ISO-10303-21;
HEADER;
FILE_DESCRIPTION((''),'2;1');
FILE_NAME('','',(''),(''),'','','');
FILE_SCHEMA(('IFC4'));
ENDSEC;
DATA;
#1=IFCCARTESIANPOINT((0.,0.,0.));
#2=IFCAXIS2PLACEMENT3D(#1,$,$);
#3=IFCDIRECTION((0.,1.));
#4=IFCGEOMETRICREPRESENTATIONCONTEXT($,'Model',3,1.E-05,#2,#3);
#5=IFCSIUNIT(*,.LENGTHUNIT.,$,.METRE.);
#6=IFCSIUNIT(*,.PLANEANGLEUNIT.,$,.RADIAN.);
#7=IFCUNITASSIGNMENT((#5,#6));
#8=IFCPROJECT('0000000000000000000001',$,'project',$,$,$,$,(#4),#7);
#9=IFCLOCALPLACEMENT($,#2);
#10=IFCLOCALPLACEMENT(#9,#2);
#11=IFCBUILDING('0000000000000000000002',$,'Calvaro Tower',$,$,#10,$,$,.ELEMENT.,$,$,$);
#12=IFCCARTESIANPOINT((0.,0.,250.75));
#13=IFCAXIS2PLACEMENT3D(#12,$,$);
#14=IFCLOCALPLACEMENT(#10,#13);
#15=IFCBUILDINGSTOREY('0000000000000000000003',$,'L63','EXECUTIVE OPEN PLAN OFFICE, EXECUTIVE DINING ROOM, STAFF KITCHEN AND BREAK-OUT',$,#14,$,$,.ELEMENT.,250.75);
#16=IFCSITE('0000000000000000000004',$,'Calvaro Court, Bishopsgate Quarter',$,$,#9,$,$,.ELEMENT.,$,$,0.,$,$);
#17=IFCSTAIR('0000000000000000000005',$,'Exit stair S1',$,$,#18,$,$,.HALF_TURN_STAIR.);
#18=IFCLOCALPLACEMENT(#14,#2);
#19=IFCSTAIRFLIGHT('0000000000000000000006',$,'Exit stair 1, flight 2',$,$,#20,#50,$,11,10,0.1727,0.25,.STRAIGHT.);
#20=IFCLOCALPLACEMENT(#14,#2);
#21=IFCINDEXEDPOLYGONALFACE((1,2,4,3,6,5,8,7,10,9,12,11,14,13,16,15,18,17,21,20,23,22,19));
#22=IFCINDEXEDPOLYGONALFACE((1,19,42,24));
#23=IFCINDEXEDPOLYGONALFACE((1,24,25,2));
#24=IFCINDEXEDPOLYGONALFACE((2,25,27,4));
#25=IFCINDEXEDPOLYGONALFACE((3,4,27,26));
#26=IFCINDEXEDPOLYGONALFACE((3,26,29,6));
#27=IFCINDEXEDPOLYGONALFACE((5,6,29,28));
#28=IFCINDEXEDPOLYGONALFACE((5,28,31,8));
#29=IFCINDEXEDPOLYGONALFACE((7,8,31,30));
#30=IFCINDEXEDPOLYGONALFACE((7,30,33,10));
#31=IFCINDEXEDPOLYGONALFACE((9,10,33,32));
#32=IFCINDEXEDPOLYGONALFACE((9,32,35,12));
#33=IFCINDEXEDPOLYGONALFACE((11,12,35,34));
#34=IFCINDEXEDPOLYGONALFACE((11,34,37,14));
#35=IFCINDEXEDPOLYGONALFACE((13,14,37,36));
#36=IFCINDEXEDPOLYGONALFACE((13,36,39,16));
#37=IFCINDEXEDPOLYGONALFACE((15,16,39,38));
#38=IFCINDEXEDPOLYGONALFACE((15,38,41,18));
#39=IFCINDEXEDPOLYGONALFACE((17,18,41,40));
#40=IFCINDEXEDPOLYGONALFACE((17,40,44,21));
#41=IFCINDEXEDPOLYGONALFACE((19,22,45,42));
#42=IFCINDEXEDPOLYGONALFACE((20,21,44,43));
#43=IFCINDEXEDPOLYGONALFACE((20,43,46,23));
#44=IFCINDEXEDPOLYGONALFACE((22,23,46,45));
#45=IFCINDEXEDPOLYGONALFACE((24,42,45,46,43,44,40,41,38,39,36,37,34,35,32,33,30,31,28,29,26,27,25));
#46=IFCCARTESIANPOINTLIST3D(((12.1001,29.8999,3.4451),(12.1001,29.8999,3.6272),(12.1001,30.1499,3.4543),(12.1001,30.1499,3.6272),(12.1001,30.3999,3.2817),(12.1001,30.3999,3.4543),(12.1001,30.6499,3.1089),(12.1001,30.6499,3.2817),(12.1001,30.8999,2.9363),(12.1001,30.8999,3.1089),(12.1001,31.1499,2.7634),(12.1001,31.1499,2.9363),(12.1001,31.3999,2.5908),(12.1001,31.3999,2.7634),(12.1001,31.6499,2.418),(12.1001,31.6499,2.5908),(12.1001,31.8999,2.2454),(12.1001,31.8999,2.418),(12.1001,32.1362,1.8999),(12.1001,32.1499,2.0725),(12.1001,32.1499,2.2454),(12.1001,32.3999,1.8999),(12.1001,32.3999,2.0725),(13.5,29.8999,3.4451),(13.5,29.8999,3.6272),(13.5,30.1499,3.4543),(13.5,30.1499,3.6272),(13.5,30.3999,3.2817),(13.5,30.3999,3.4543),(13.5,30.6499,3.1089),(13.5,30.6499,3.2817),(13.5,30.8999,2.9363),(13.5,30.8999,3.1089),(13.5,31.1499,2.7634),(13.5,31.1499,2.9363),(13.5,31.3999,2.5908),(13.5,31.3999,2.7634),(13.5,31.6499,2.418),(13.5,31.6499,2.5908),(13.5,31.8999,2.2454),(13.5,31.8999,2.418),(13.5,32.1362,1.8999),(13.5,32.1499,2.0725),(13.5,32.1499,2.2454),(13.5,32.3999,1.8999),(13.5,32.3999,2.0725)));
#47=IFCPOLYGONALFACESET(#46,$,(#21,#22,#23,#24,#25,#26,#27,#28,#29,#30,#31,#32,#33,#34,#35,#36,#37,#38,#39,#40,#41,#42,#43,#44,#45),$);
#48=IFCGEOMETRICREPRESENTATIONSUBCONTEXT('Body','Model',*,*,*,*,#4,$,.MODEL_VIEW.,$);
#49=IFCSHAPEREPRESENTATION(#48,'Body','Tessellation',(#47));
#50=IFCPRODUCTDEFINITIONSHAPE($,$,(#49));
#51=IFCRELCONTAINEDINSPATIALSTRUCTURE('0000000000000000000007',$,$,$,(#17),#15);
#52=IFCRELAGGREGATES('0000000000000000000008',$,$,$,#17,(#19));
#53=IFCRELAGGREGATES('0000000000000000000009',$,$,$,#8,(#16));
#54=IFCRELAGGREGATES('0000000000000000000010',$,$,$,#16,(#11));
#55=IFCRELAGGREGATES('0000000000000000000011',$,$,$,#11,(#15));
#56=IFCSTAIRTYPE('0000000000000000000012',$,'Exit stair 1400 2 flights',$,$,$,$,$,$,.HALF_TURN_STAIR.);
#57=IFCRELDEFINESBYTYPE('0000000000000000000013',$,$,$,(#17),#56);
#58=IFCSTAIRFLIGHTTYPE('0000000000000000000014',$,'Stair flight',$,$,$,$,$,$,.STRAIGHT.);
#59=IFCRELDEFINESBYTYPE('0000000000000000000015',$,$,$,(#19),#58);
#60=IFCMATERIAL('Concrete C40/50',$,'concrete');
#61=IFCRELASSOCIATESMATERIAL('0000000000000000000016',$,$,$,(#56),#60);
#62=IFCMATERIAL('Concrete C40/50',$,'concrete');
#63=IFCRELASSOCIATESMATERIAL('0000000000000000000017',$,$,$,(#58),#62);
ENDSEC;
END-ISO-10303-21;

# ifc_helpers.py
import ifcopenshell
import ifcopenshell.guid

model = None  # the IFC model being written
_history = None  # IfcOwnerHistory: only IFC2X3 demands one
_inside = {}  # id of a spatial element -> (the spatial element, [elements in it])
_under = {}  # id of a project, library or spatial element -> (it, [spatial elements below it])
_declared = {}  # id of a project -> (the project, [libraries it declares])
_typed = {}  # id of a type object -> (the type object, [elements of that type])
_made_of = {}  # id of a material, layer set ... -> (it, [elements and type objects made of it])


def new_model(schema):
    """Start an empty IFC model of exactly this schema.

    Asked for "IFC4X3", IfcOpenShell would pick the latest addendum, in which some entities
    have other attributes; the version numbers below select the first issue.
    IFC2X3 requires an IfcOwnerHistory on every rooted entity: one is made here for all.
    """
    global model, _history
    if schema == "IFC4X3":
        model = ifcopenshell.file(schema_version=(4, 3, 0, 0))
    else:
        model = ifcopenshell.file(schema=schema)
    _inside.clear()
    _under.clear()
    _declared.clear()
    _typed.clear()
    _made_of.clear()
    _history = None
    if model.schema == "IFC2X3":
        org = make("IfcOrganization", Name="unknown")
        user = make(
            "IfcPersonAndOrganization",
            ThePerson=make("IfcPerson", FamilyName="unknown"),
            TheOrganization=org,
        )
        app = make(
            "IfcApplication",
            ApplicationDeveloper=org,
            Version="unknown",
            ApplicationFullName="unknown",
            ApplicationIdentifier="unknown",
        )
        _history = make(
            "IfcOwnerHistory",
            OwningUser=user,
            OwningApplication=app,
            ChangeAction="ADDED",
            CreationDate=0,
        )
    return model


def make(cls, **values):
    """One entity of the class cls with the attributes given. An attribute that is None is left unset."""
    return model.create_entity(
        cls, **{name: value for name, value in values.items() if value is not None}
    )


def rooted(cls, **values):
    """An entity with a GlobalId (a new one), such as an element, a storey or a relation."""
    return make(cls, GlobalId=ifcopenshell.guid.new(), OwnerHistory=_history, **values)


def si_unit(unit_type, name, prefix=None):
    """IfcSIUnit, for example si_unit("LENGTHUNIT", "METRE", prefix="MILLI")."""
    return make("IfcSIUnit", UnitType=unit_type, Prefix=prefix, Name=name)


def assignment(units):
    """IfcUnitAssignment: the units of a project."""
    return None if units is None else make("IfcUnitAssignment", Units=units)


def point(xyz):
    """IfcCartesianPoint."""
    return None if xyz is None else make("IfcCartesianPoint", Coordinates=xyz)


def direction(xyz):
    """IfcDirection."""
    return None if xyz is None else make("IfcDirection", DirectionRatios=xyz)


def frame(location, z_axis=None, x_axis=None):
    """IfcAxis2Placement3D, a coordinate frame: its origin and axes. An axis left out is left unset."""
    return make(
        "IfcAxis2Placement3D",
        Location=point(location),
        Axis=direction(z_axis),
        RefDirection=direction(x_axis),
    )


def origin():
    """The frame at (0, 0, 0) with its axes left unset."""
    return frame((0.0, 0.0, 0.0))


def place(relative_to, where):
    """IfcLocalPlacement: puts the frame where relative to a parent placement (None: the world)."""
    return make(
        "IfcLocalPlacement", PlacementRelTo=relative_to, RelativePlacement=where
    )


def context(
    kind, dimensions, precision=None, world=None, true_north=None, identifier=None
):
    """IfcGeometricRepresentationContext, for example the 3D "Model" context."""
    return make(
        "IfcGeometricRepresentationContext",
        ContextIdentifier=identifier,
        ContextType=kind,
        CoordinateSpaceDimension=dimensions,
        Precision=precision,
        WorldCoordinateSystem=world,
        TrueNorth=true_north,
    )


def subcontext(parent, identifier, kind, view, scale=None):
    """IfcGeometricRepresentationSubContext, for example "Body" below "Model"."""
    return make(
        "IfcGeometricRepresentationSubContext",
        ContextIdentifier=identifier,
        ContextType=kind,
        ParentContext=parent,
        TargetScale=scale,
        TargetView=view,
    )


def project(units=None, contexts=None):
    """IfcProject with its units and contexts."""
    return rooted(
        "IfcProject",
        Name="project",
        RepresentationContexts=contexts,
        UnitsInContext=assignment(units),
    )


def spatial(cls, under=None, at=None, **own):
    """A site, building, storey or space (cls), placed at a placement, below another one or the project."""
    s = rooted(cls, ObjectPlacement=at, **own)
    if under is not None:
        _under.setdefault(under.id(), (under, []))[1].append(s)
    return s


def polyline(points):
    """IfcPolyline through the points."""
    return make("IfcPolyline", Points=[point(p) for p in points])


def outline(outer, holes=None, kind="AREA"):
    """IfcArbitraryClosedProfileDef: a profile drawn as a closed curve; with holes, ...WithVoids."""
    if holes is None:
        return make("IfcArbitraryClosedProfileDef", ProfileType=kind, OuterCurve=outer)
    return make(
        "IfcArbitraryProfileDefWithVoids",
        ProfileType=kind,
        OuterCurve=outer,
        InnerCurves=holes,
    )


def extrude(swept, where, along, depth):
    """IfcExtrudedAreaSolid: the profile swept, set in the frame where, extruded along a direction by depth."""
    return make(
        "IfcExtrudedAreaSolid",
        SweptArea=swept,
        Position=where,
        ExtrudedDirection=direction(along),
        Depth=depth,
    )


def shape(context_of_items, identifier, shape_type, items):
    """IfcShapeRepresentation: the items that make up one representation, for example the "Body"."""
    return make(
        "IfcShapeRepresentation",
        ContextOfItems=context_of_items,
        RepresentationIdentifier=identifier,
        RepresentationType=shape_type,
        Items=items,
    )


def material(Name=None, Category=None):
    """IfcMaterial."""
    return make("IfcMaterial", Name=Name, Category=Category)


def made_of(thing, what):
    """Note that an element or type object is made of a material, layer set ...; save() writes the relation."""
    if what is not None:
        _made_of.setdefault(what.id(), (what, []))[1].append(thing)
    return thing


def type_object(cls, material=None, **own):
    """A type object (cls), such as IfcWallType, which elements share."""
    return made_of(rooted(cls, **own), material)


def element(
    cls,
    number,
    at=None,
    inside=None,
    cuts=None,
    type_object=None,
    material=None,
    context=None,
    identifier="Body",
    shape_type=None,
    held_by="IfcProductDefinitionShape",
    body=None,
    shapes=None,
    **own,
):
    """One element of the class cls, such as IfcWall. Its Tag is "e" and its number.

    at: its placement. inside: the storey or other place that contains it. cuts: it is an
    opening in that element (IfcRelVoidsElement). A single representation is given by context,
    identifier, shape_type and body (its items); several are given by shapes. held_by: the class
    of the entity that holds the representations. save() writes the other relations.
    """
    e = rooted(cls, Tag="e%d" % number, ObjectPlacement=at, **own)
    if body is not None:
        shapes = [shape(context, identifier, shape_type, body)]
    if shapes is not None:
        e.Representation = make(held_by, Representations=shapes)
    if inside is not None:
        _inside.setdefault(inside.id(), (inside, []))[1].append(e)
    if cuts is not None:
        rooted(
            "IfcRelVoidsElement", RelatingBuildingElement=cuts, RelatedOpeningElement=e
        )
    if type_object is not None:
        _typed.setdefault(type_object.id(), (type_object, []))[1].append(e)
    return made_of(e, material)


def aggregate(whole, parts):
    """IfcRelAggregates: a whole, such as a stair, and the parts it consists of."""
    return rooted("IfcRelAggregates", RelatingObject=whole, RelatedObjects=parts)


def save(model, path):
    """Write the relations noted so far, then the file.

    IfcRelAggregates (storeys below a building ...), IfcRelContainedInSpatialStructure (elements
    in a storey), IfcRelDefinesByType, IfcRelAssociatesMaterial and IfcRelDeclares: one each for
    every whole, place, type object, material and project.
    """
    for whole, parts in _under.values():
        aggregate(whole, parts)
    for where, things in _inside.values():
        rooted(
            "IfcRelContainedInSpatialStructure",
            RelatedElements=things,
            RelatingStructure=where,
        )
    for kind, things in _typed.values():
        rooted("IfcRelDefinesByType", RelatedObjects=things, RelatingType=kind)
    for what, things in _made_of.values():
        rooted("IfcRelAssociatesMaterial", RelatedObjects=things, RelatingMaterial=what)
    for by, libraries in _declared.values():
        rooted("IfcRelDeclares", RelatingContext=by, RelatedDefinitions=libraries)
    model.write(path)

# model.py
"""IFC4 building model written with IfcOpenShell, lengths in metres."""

from ifc_helpers import new_model, si_unit, direction, frame, origin, place, context, subcontext, project, spatial, polyline, outline, extrude, material, type_object, element, aggregate, save


model = new_model("IFC4")

# Units and contexts
model_context = context("Model", 3, precision=1e-05, world=origin(), true_north=direction((0.0, 1.0)))
body_context = subcontext(model_context, "Body", "Model", "MODEL_VIEW")
ifc_project = project(units=[si_unit("LENGTHUNIT", "METRE"), si_unit("PLANEANGLEUNIT", "RADIAN")], contexts=[model_context])

# Site, building, storey
site_placement = place(None, origin())
site = spatial("IfcSite", under=ifc_project, at=site_placement, Name="Calvaro Court, Bishopsgate Quarter", CompositionType="ELEMENT", RefElevation=0.0)
building_placement = place(site_placement, origin())
building = spatial("IfcBuilding", under=site, at=building_placement, Name="Calvaro Tower", CompositionType="ELEMENT")
storey_placement = place(building_placement, frame((0.0, 0.0, 250.75)))
storey = spatial("IfcBuildingStorey", under=building, at=storey_placement, Name="L63", Description="EXECUTIVE OPEN PLAN OFFICE, EXECUTIVE DINING ROOM, STAFF KITCHEN AND BREAK-OUT", CompositionType="ELEMENT", Elevation=250.75)

# Stair, stair flight
ifc_material_1 = material(Name="Concrete C40/50", Category="concrete")
stair_type = type_object("IfcStairType", Name="Exit stair 1400 2 flights", PredefinedType="HALF_TURN_STAIR", material=ifc_material_1)
stair_placement = place(storey_placement, origin())
stair = element("IfcStair", 1, at=stair_placement, inside=storey, type_object=stair_type, Name="Exit stair S1", PredefinedType="HALF_TURN_STAIR")
ifc_material_2 = material(Name="Concrete C40/50", Category="concrete")
stair_flight_type = type_object("IfcStairFlightType", Name="Stair flight", PredefinedType="STRAIGHT", material=ifc_material_2)
stair_flight_placement = place(storey_placement, frame((12.8, 32.3999, 1.8999), z_axis=(0.0, 0.0, 1.0), x_axis=(0.0, -1.0, 0.0)))
stair_flight = element("IfcStairFlight", 2, at=stair_flight_placement, type_object=stair_flight_type, Name="Exit stair 1, flight 2", NumberOfRisers=11, NumberOfTreads=10, PredefinedType="STRAIGHT", RiserHeight=0.1727, TreadLength=0.25, context=body_context, shape_type="SweptSolid", body=[
    extrude(outline(polyline([(0.0, 0.0), (0.0, 0.1726), (0.25, 0.1726), (0.25, 0.3455), (0.5, 0.3455), (0.5, 0.5181), (0.75, 0.5181), (0.75, 0.6909), (1.0, 0.6909), (1.0, 0.8635), (1.25, 0.8635), (1.25, 1.0364), (1.5, 1.0364), (1.5, 1.209), (1.75, 1.209), (1.75, 1.3818), (2.0, 1.3818), (2.0, 1.5544), (2.25, 1.5544), (2.25, 1.7273), (2.5, 1.7273), (2.5, 1.8999), (2.5, 1.5452), (0.2637, 0.0), (0.0, 0.0)])), frame((0.0, 0.7, 0.0), z_axis=(0.0, -1.0, 0.0), x_axis=(1.0, 0.0, 0.0)), (0.0, 0.0, 1.0), 1.3999),
])
aggregate(stair, [stair_flight])

save(model, "model.ifc")
